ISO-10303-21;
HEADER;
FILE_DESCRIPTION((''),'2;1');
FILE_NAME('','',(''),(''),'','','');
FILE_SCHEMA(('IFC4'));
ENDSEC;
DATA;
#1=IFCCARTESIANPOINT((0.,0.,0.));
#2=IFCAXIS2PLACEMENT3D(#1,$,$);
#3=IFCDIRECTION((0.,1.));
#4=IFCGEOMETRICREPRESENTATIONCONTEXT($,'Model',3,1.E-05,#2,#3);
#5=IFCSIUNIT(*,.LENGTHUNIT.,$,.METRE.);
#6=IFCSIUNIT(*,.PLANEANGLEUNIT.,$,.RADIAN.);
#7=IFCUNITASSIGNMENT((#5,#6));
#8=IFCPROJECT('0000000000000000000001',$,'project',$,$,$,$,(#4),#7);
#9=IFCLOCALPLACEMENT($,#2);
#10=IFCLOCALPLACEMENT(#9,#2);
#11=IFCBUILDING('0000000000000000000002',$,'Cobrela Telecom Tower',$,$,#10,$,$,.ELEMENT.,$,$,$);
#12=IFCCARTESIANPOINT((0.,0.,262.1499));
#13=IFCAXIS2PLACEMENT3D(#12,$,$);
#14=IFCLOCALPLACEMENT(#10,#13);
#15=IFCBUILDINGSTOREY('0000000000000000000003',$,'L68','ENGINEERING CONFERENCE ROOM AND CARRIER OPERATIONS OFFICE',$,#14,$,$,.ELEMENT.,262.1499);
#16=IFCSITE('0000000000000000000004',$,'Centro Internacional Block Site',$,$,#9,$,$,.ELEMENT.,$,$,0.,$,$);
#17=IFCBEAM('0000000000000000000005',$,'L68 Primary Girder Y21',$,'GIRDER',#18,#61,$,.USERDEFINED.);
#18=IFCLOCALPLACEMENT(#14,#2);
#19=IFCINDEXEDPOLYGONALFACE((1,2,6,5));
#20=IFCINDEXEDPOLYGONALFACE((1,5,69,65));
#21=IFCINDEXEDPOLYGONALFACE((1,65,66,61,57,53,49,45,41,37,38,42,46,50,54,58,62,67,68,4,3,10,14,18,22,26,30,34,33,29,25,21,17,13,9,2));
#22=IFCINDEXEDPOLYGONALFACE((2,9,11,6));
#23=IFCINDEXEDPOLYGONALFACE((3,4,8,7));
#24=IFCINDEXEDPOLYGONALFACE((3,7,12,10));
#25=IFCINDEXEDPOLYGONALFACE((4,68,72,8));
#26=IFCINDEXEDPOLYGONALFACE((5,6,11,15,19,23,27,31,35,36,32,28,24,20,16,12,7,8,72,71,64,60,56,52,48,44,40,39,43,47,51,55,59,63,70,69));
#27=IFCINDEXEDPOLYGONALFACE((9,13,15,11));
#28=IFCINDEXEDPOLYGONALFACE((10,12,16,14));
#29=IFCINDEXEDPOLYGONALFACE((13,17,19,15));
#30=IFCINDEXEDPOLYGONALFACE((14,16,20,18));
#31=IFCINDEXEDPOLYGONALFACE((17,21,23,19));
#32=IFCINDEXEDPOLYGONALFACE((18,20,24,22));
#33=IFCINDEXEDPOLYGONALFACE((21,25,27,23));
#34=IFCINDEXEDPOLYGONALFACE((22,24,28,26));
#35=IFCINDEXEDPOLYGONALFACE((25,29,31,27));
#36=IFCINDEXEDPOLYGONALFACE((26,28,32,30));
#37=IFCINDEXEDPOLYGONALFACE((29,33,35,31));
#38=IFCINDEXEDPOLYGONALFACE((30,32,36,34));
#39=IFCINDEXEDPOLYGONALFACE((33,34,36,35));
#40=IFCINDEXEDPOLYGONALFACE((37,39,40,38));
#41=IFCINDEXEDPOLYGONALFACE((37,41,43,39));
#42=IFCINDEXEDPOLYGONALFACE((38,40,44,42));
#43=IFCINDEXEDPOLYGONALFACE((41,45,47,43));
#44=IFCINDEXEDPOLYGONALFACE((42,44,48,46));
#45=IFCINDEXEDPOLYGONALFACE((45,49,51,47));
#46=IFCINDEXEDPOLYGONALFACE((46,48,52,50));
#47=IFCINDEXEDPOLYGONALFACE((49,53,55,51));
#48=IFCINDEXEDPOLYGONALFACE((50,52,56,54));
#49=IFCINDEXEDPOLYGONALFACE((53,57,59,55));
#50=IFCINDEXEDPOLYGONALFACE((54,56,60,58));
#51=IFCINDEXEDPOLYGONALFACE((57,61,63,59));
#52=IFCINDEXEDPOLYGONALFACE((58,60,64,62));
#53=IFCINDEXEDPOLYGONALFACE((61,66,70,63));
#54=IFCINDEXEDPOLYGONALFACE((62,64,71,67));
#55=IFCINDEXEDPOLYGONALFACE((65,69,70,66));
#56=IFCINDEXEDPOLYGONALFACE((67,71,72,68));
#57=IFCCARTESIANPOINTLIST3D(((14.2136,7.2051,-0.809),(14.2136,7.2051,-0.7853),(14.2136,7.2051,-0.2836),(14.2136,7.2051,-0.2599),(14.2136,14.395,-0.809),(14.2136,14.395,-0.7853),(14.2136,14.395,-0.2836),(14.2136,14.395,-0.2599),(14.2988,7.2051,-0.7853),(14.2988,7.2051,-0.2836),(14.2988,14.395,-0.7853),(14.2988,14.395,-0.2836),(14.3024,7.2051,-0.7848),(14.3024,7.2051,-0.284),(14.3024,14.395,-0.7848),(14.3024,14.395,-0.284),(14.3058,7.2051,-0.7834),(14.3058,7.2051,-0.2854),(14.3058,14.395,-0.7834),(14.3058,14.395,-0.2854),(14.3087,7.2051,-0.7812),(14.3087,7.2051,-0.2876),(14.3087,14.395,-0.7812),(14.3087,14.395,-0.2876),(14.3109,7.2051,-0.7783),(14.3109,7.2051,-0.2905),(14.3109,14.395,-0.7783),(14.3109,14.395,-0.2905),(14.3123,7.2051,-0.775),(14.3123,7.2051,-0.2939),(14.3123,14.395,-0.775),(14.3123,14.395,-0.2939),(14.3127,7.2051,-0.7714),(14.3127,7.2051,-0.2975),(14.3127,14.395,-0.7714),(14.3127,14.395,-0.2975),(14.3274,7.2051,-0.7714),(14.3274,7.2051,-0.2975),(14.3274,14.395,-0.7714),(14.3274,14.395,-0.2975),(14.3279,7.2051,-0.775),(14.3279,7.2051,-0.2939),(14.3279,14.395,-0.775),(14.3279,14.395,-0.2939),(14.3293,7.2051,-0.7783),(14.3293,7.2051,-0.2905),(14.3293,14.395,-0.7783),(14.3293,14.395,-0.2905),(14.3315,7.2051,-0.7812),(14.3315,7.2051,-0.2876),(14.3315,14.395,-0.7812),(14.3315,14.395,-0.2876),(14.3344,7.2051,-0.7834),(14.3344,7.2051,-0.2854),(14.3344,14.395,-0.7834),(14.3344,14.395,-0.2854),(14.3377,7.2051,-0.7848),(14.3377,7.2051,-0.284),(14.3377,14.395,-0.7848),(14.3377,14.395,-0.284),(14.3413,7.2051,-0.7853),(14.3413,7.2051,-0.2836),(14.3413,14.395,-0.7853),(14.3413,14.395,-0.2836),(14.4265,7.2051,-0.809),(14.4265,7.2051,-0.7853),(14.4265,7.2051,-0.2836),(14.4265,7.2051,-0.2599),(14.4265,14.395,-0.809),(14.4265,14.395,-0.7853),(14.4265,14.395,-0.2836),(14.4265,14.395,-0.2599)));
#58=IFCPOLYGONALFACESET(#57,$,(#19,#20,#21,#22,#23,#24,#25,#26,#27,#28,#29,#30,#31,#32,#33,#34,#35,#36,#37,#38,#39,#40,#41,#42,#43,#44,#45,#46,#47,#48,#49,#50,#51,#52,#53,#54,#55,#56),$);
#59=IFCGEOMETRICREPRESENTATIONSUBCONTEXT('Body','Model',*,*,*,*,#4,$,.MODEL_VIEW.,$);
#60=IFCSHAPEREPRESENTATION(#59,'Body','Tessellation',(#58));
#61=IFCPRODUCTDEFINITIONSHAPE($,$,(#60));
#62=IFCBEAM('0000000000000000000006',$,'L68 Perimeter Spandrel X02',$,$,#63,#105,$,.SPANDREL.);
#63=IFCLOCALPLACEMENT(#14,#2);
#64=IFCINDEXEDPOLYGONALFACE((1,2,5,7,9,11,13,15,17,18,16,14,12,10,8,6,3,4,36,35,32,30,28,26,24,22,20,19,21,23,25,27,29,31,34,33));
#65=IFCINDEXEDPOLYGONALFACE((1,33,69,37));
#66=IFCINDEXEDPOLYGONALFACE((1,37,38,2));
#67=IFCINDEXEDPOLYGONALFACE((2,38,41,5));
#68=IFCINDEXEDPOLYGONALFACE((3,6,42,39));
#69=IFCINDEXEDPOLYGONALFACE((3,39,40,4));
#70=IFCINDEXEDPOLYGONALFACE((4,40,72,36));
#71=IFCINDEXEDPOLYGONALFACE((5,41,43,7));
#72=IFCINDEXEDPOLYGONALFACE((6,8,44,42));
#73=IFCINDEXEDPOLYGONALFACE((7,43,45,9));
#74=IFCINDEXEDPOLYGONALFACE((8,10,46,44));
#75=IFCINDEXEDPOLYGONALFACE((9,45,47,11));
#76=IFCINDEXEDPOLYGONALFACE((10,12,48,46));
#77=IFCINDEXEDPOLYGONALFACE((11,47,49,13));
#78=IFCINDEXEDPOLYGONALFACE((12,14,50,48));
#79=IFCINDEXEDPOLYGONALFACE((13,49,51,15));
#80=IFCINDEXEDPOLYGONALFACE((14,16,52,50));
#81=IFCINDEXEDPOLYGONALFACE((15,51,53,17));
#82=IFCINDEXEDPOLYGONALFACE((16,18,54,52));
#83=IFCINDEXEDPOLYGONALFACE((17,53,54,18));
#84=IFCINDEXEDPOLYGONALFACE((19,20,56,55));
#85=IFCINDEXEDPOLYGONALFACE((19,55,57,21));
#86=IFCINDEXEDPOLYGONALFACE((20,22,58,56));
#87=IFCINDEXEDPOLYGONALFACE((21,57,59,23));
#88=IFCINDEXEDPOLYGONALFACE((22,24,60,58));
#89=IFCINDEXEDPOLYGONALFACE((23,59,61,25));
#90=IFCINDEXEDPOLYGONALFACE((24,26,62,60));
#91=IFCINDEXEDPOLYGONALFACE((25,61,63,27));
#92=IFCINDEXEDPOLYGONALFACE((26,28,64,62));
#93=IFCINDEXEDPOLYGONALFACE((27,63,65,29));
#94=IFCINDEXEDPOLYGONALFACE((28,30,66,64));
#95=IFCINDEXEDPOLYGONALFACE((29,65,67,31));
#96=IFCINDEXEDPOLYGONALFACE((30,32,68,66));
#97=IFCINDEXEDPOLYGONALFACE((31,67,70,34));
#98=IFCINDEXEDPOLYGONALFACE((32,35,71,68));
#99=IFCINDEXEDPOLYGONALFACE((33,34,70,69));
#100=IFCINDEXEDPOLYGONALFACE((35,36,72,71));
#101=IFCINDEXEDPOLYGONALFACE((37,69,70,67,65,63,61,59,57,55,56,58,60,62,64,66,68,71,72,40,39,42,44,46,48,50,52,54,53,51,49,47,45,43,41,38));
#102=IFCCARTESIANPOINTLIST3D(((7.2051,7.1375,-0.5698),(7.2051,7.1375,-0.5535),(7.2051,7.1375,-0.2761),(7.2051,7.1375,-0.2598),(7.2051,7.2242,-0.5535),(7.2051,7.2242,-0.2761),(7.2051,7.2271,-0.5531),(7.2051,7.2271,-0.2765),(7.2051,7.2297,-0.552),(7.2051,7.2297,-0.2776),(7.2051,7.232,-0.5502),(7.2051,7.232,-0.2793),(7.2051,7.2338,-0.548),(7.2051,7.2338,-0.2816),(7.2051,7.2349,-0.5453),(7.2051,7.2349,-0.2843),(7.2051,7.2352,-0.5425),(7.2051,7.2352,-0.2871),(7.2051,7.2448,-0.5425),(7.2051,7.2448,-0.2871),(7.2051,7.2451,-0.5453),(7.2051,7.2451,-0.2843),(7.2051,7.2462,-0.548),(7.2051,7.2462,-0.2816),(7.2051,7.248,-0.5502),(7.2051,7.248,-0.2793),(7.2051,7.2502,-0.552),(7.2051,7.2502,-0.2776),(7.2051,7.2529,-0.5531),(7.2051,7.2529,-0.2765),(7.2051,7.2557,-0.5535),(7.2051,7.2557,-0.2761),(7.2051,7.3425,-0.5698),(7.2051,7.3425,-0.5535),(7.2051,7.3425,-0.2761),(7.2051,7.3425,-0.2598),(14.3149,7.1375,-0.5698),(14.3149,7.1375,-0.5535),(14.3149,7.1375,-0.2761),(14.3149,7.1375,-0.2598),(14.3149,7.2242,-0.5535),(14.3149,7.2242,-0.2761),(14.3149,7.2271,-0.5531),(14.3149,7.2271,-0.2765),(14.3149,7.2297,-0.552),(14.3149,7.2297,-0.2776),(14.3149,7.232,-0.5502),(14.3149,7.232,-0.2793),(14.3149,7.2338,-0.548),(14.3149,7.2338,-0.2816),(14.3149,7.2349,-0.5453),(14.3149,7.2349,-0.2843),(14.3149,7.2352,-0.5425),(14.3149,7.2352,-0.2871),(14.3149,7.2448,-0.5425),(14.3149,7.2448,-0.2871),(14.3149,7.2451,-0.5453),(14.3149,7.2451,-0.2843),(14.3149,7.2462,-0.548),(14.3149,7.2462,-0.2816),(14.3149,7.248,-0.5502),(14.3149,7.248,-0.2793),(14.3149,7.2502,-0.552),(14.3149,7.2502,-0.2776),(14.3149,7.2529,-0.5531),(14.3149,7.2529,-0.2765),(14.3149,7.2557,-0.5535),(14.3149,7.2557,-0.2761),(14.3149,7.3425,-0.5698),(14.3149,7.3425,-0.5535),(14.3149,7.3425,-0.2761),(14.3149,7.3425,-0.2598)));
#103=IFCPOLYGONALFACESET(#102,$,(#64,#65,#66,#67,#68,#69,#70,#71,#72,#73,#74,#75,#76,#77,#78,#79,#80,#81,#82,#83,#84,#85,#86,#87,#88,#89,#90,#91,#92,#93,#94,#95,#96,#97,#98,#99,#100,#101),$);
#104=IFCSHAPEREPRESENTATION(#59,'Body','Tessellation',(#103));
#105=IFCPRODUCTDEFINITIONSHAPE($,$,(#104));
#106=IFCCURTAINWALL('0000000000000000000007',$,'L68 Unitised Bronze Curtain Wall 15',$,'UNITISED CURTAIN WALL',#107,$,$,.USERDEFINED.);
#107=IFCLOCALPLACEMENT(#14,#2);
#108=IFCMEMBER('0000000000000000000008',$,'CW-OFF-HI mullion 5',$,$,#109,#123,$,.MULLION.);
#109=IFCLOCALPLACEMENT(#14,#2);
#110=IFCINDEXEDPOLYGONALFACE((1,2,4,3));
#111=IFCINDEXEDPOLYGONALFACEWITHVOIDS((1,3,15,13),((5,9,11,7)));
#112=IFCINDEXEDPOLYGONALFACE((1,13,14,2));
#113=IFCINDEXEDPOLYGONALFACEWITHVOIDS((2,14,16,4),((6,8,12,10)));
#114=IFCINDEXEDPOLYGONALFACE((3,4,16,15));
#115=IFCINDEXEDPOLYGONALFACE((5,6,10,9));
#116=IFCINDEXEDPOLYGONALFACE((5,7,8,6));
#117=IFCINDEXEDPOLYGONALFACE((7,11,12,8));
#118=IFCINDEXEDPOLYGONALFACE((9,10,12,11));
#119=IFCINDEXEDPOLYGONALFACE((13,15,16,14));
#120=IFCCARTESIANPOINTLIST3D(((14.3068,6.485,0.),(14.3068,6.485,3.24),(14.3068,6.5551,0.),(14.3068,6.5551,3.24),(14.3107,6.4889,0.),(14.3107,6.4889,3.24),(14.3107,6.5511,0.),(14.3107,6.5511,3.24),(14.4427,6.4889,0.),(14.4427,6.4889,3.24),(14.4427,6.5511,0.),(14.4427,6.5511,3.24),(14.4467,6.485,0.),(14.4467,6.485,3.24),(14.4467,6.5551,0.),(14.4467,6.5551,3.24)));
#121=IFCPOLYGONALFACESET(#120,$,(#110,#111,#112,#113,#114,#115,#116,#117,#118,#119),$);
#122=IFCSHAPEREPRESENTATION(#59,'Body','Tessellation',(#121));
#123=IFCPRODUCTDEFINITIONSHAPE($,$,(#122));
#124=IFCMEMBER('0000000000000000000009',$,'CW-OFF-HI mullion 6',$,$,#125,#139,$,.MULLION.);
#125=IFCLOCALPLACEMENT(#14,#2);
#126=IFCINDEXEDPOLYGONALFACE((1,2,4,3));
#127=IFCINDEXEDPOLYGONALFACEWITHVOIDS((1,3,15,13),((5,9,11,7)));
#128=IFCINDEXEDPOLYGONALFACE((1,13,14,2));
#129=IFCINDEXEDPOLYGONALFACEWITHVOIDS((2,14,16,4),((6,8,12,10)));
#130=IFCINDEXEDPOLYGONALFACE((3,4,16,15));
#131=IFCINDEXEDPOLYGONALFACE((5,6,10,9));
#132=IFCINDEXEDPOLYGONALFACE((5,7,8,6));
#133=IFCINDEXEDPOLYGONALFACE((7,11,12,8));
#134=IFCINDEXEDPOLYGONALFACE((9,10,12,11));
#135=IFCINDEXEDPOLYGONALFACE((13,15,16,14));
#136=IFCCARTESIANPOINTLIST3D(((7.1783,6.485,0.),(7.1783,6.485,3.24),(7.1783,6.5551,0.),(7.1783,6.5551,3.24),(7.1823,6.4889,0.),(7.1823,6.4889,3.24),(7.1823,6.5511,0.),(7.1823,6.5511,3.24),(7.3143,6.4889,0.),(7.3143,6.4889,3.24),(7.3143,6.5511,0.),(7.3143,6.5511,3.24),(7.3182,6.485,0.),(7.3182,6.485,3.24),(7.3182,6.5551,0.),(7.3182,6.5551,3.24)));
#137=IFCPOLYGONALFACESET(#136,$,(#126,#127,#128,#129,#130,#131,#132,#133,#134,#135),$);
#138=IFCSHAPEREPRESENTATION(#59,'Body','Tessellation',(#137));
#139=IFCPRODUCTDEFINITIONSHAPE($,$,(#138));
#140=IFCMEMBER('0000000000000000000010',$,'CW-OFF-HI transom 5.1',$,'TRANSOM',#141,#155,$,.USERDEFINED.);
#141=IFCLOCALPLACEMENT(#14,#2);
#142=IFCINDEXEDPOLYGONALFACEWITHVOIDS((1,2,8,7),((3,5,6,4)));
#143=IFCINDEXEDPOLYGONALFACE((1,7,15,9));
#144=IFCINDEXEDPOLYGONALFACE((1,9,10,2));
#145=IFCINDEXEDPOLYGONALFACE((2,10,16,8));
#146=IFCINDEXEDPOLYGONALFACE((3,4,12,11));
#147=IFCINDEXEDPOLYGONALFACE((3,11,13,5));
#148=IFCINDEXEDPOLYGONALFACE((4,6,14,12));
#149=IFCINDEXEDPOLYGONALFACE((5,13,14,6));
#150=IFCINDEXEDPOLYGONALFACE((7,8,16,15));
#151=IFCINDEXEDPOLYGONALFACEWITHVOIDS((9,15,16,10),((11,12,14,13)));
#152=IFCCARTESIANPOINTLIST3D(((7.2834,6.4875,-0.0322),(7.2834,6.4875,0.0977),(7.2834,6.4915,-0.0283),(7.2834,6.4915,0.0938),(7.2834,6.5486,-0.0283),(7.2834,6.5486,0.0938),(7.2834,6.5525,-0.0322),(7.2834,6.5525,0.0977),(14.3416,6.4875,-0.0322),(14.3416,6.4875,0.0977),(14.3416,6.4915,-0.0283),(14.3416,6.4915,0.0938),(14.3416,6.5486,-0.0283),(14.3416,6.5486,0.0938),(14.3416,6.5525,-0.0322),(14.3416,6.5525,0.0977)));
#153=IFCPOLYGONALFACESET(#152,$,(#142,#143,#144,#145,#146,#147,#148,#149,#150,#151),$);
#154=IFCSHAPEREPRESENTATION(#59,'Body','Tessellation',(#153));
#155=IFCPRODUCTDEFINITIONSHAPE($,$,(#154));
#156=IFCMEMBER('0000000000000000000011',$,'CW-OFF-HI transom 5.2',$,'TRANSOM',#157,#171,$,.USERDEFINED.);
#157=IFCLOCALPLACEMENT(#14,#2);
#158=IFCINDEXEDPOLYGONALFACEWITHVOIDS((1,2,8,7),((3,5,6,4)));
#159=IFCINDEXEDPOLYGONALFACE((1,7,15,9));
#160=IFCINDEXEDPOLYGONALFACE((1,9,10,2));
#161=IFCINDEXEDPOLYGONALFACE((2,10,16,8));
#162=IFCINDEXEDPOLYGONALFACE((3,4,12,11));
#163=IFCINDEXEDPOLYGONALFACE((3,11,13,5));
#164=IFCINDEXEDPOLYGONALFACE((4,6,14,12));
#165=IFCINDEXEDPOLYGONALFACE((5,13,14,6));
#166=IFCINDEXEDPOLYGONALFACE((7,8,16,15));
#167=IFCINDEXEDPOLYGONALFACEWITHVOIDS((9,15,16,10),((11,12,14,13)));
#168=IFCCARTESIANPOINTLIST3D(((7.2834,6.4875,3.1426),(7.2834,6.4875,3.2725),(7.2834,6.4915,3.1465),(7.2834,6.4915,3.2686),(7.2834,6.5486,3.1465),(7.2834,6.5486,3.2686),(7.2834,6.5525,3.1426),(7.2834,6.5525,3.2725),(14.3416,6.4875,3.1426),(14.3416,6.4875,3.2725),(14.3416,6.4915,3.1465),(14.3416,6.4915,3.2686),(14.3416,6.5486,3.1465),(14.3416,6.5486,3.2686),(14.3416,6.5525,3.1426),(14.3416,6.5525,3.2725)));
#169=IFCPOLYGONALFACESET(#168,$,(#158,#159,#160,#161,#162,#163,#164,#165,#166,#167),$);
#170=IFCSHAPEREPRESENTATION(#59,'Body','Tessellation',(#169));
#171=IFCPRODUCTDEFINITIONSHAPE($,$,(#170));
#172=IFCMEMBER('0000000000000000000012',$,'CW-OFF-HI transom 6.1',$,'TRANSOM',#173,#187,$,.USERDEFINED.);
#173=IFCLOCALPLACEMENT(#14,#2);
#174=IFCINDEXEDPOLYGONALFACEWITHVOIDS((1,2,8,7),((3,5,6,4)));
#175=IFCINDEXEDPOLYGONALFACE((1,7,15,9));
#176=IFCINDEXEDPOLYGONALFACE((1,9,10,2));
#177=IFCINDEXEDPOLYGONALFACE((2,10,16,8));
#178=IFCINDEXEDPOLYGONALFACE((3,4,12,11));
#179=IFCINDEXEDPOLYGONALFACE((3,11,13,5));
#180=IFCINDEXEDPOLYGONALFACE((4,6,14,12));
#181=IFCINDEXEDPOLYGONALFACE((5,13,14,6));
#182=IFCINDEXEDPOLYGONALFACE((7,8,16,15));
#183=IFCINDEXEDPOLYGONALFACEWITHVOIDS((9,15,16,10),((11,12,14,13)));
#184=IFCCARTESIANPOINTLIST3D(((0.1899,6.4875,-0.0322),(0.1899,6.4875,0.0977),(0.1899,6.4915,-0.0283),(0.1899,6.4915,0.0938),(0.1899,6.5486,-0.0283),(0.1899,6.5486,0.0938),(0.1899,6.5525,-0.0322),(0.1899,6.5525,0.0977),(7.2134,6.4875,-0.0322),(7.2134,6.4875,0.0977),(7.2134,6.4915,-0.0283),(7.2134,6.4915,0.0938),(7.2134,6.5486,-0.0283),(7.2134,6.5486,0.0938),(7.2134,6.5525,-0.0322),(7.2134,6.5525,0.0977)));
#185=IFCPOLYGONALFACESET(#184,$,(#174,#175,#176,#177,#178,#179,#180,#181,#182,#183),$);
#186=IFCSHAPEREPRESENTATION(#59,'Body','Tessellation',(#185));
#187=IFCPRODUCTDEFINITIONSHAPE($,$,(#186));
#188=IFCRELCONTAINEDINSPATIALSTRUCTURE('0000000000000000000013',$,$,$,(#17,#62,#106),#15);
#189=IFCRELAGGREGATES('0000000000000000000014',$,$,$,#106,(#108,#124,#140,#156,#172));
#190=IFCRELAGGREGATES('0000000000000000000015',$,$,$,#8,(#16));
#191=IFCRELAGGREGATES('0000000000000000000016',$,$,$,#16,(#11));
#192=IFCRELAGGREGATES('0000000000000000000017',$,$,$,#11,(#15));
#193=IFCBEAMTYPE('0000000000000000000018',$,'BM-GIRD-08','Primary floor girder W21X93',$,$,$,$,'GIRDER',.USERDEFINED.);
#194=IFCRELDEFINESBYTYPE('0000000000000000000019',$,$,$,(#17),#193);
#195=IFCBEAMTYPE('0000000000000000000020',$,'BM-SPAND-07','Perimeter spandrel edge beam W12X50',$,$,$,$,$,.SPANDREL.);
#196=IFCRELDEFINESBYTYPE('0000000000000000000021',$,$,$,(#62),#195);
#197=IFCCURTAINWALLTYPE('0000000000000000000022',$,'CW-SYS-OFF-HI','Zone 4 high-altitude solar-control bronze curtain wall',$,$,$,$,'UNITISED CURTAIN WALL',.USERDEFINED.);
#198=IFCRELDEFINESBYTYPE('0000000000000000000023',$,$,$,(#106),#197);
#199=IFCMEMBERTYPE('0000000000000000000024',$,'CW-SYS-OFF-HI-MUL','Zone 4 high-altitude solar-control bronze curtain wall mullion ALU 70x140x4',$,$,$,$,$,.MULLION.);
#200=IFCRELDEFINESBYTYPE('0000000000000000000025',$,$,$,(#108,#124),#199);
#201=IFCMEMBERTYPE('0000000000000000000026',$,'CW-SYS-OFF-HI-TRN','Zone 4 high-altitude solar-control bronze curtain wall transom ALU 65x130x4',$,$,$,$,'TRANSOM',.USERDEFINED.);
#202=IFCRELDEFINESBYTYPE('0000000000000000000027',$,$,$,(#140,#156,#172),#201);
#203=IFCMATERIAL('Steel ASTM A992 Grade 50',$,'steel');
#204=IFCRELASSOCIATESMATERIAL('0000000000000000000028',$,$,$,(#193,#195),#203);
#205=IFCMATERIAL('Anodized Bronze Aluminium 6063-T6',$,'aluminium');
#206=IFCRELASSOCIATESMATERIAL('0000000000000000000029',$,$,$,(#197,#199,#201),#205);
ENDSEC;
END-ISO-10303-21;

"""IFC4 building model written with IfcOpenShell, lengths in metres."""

from ifc_helpers import new_model, si_unit, direction, frame, origin, origin_2d, place, context, subcontext, project, spatial, hollow_rectangle, i_section, extrude, material, material_profile, profile_set, type_object, element, aggregate, save


model = new_model("IFC4")

# Units and contexts
model_context = context("Model", 3, precision=1e-05, world=origin(), true_north=direction((0.0, 1.0)))
body_context = subcontext(model_context, "Body", "Model", "MODEL_VIEW")
ifc_project = project(units=[si_unit("LENGTHUNIT", "METRE"), si_unit("PLANEANGLEUNIT", "RADIAN")], contexts=[model_context])

# Site, building, storey
site_placement = place(None, origin())
site = spatial("IfcSite", under=ifc_project, at=site_placement, Name="Centro Internacional Block Site", CompositionType="ELEMENT", RefElevation=0.0)
building_placement = place(site_placement, origin())
building = spatial("IfcBuilding", under=site, at=building_placement, Name="Cobrela Telecom Tower", CompositionType="ELEMENT")
storey_placement = place(building_placement, frame((0.0, 0.0, 262.1499)))
storey = spatial("IfcBuildingStorey", under=building, at=storey_placement, Name="L68", Description="ENGINEERING CONFERENCE ROOM AND CARRIER OPERATIONS OFFICE", CompositionType="ELEMENT", Elevation=262.1499)

# Beams
ifc_material_1 = material(Name="Steel ASTM A992 Grade 50", Category="steel")
ifc_material_profile_1 = material_profile(ifc_material_1, i_section(OverallWidth=0.2129, OverallDepth=0.5491, WebThickness=0.0146, FlangeThickness=0.0237, FilletRadius=0.0139, at=origin_2d()), Name="W21X93")
ifc_profile_set_1 = profile_set([ifc_material_profile_1], Name="Steel ASTM A992 Grade 50")
beam_type_1 = type_object("IfcBeamType", Name="BM-GIRD-08", Description="Primary floor girder W21X93", ElementType="GIRDER", PredefinedType="USERDEFINED", material=ifc_profile_set_1)
beam_1_placement = place(storey_placement, frame((14.3201, 7.2051, -0.5344), z_axis=(0.0, 1.0, 0.0), x_axis=(-1.0, 0.0, 0.0)))
element("IfcBeam", 1, at=beam_1_placement, inside=storey, type_object=beam_type_1, Name="L68 Primary Girder Y21", ObjectType="GIRDER", PredefinedType="USERDEFINED", context=body_context, shape_type="SweptSolid", body=[
    extrude(i_section(OverallWidth=0.2129, OverallDepth=0.5491, WebThickness=0.0146, FlangeThickness=0.0237, FilletRadius=0.0139, at=origin_2d()), origin(), (0.0, 0.0, 1.0), 7.1899),
])
ifc_material_profile_2 = material_profile(ifc_material_1, i_section(OverallWidth=0.2051, OverallDepth=0.3101, WebThickness=0.0095, FlangeThickness=0.0164, FilletRadius=0.011, at=origin_2d()), Name="W12X50")
ifc_profile_set_2 = profile_set([ifc_material_profile_2], Name="Steel ASTM A992 Grade 50")
beam_type_2 = type_object("IfcBeamType", Name="BM-SPAND-07", Description="Perimeter spandrel edge beam W12X50", PredefinedType="SPANDREL", material=ifc_profile_set_2)
beam_2_placement = place(storey_placement, frame((7.2051, 7.24, -0.4148), z_axis=(1.0, 0.0, 0.0), x_axis=(0.0, 1.0, 0.0)))
element("IfcBeam", 2, at=beam_2_placement, inside=storey, type_object=beam_type_2, Name="L68 Perimeter Spandrel X02", PredefinedType="SPANDREL", context=body_context, shape_type="SweptSolid", body=[
    extrude(i_section(OverallWidth=0.2051, OverallDepth=0.3101, WebThickness=0.0095, FlangeThickness=0.0164, FilletRadius=0.011, at=origin_2d()), origin(), (0.0, 0.0, 1.0), 7.1099),
])

# Curtain wall, members
ifc_material_2 = material(Name="Anodized Bronze Aluminium 6063-T6", Category="aluminium")
curtain_wall_type = type_object("IfcCurtainWallType", Name="CW-SYS-OFF-HI", Description="Zone 4 high-altitude solar-control bronze curtain wall", ElementType="UNITISED CURTAIN WALL", PredefinedType="USERDEFINED", material=ifc_material_2)
curtain_wall_placement = place(storey_placement, origin())
curtain_wall = element("IfcCurtainWall", 3, at=curtain_wall_placement, inside=storey, type_object=curtain_wall_type, Name="L68 Unitised Bronze Curtain Wall 15", ObjectType="UNITISED CURTAIN WALL", PredefinedType="USERDEFINED")
ifc_material_profile_3 = material_profile(ifc_material_2, hollow_rectangle(XDim=0.0701, YDim=0.1399, WallThickness=0.0039, at=origin_2d()), Name="ALU 70x140x4")
ifc_profile_set_3 = profile_set([ifc_material_profile_3], Name="Anodized Bronze Aluminium 6063-T6")
member_type_1 = type_object("IfcMemberType", Name="CW-SYS-OFF-HI-MUL", Description="Zone 4 high-altitude solar-control bronze curtain wall mullion ALU 70x140x4", PredefinedType="MULLION", material=ifc_profile_set_3)
member_1_placement = place(storey_placement, frame((14.3767, 6.52, 0.0), z_axis=(0.0, 0.0, 1.0), x_axis=(0.0, -1.0, 0.0)))
member_1 = element("IfcMember", 4, at=member_1_placement, type_object=member_type_1, Name="CW-OFF-HI mullion 5", PredefinedType="MULLION", context=body_context, shape_type="SweptSolid", body=[
    extrude(hollow_rectangle(XDim=0.0701, YDim=0.1399, WallThickness=0.0039, at=origin_2d()), origin(), (0.0, 0.0, 1.0), 3.24),
])
member_2_placement = place(storey_placement, frame((7.2483, 6.52, 0.0), z_axis=(0.0, 0.0, 1.0), x_axis=(0.0, -1.0, 0.0)))
member_2 = element("IfcMember", 5, at=member_2_placement, type_object=member_type_1, Name="CW-OFF-HI mullion 6", PredefinedType="MULLION", context=body_context, shape_type="SweptSolid", body=[
    extrude(hollow_rectangle(XDim=0.0701, YDim=0.1399, WallThickness=0.0039, at=origin_2d()), origin(), (0.0, 0.0, 1.0), 3.24),
])
ifc_material_profile_4 = material_profile(ifc_material_2, hollow_rectangle(XDim=0.0649, YDim=0.1299, WallThickness=0.0039, at=origin_2d()), Name="ALU 65x130x4")
ifc_profile_set_4 = profile_set([ifc_material_profile_4], Name="Anodized Bronze Aluminium 6063-T6")
member_type_2 = type_object("IfcMemberType", Name="CW-SYS-OFF-HI-TRN", Description="Zone 4 high-altitude solar-control bronze curtain wall transom ALU 65x130x4", ElementType="TRANSOM", PredefinedType="USERDEFINED", material=ifc_profile_set_4)
member_3_placement = place(storey_placement, frame((14.3416, 6.52, 0.0327), z_axis=(-1.0, 0.0, 0.0), x_axis=(0.0, -1.0, 0.0)))
member_3 = element("IfcMember", 6, at=member_3_placement, type_object=member_type_2, Name="CW-OFF-HI transom 5.1", ObjectType="TRANSOM", PredefinedType="USERDEFINED", context=body_context, shape_type="SweptSolid", body=[
    extrude(hollow_rectangle(XDim=0.0649, YDim=0.1299, WallThickness=0.0039, at=origin_2d()), origin(), (0.0, 0.0, 1.0), 7.0581),
])
member_4_placement = place(storey_placement, frame((14.3416, 6.52, 3.2075), z_axis=(-1.0, 0.0, 0.0), x_axis=(0.0, -1.0, 0.0)))
member_4 = element("IfcMember", 7, at=member_4_placement, type_object=member_type_2, Name="CW-OFF-HI transom 5.2", ObjectType="TRANSOM", PredefinedType="USERDEFINED", context=body_context, shape_type="SweptSolid", body=[
    extrude(hollow_rectangle(XDim=0.0649, YDim=0.1299, WallThickness=0.0039, at=origin_2d()), origin(), (0.0, 0.0, 1.0), 7.0581),
])
member_5_placement = place(storey_placement, frame((7.2134, 6.52, 0.0327), z_axis=(-1.0, 0.0, 0.0), x_axis=(0.0, -1.0, 0.0)))
member_5 = element("IfcMember", 8, at=member_5_placement, type_object=member_type_2, Name="CW-OFF-HI transom 6.1", ObjectType="TRANSOM", PredefinedType="USERDEFINED", context=body_context, shape_type="SweptSolid", body=[
    extrude(hollow_rectangle(XDim=0.0649, YDim=0.1299, WallThickness=0.0039, at=origin_2d()), origin(), (0.0, 0.0, 1.0), 7.0234),
])
aggregate(curtain_wall, [member_1, member_2, member_3, member_4, member_5])

save(model, "model.ifc")
